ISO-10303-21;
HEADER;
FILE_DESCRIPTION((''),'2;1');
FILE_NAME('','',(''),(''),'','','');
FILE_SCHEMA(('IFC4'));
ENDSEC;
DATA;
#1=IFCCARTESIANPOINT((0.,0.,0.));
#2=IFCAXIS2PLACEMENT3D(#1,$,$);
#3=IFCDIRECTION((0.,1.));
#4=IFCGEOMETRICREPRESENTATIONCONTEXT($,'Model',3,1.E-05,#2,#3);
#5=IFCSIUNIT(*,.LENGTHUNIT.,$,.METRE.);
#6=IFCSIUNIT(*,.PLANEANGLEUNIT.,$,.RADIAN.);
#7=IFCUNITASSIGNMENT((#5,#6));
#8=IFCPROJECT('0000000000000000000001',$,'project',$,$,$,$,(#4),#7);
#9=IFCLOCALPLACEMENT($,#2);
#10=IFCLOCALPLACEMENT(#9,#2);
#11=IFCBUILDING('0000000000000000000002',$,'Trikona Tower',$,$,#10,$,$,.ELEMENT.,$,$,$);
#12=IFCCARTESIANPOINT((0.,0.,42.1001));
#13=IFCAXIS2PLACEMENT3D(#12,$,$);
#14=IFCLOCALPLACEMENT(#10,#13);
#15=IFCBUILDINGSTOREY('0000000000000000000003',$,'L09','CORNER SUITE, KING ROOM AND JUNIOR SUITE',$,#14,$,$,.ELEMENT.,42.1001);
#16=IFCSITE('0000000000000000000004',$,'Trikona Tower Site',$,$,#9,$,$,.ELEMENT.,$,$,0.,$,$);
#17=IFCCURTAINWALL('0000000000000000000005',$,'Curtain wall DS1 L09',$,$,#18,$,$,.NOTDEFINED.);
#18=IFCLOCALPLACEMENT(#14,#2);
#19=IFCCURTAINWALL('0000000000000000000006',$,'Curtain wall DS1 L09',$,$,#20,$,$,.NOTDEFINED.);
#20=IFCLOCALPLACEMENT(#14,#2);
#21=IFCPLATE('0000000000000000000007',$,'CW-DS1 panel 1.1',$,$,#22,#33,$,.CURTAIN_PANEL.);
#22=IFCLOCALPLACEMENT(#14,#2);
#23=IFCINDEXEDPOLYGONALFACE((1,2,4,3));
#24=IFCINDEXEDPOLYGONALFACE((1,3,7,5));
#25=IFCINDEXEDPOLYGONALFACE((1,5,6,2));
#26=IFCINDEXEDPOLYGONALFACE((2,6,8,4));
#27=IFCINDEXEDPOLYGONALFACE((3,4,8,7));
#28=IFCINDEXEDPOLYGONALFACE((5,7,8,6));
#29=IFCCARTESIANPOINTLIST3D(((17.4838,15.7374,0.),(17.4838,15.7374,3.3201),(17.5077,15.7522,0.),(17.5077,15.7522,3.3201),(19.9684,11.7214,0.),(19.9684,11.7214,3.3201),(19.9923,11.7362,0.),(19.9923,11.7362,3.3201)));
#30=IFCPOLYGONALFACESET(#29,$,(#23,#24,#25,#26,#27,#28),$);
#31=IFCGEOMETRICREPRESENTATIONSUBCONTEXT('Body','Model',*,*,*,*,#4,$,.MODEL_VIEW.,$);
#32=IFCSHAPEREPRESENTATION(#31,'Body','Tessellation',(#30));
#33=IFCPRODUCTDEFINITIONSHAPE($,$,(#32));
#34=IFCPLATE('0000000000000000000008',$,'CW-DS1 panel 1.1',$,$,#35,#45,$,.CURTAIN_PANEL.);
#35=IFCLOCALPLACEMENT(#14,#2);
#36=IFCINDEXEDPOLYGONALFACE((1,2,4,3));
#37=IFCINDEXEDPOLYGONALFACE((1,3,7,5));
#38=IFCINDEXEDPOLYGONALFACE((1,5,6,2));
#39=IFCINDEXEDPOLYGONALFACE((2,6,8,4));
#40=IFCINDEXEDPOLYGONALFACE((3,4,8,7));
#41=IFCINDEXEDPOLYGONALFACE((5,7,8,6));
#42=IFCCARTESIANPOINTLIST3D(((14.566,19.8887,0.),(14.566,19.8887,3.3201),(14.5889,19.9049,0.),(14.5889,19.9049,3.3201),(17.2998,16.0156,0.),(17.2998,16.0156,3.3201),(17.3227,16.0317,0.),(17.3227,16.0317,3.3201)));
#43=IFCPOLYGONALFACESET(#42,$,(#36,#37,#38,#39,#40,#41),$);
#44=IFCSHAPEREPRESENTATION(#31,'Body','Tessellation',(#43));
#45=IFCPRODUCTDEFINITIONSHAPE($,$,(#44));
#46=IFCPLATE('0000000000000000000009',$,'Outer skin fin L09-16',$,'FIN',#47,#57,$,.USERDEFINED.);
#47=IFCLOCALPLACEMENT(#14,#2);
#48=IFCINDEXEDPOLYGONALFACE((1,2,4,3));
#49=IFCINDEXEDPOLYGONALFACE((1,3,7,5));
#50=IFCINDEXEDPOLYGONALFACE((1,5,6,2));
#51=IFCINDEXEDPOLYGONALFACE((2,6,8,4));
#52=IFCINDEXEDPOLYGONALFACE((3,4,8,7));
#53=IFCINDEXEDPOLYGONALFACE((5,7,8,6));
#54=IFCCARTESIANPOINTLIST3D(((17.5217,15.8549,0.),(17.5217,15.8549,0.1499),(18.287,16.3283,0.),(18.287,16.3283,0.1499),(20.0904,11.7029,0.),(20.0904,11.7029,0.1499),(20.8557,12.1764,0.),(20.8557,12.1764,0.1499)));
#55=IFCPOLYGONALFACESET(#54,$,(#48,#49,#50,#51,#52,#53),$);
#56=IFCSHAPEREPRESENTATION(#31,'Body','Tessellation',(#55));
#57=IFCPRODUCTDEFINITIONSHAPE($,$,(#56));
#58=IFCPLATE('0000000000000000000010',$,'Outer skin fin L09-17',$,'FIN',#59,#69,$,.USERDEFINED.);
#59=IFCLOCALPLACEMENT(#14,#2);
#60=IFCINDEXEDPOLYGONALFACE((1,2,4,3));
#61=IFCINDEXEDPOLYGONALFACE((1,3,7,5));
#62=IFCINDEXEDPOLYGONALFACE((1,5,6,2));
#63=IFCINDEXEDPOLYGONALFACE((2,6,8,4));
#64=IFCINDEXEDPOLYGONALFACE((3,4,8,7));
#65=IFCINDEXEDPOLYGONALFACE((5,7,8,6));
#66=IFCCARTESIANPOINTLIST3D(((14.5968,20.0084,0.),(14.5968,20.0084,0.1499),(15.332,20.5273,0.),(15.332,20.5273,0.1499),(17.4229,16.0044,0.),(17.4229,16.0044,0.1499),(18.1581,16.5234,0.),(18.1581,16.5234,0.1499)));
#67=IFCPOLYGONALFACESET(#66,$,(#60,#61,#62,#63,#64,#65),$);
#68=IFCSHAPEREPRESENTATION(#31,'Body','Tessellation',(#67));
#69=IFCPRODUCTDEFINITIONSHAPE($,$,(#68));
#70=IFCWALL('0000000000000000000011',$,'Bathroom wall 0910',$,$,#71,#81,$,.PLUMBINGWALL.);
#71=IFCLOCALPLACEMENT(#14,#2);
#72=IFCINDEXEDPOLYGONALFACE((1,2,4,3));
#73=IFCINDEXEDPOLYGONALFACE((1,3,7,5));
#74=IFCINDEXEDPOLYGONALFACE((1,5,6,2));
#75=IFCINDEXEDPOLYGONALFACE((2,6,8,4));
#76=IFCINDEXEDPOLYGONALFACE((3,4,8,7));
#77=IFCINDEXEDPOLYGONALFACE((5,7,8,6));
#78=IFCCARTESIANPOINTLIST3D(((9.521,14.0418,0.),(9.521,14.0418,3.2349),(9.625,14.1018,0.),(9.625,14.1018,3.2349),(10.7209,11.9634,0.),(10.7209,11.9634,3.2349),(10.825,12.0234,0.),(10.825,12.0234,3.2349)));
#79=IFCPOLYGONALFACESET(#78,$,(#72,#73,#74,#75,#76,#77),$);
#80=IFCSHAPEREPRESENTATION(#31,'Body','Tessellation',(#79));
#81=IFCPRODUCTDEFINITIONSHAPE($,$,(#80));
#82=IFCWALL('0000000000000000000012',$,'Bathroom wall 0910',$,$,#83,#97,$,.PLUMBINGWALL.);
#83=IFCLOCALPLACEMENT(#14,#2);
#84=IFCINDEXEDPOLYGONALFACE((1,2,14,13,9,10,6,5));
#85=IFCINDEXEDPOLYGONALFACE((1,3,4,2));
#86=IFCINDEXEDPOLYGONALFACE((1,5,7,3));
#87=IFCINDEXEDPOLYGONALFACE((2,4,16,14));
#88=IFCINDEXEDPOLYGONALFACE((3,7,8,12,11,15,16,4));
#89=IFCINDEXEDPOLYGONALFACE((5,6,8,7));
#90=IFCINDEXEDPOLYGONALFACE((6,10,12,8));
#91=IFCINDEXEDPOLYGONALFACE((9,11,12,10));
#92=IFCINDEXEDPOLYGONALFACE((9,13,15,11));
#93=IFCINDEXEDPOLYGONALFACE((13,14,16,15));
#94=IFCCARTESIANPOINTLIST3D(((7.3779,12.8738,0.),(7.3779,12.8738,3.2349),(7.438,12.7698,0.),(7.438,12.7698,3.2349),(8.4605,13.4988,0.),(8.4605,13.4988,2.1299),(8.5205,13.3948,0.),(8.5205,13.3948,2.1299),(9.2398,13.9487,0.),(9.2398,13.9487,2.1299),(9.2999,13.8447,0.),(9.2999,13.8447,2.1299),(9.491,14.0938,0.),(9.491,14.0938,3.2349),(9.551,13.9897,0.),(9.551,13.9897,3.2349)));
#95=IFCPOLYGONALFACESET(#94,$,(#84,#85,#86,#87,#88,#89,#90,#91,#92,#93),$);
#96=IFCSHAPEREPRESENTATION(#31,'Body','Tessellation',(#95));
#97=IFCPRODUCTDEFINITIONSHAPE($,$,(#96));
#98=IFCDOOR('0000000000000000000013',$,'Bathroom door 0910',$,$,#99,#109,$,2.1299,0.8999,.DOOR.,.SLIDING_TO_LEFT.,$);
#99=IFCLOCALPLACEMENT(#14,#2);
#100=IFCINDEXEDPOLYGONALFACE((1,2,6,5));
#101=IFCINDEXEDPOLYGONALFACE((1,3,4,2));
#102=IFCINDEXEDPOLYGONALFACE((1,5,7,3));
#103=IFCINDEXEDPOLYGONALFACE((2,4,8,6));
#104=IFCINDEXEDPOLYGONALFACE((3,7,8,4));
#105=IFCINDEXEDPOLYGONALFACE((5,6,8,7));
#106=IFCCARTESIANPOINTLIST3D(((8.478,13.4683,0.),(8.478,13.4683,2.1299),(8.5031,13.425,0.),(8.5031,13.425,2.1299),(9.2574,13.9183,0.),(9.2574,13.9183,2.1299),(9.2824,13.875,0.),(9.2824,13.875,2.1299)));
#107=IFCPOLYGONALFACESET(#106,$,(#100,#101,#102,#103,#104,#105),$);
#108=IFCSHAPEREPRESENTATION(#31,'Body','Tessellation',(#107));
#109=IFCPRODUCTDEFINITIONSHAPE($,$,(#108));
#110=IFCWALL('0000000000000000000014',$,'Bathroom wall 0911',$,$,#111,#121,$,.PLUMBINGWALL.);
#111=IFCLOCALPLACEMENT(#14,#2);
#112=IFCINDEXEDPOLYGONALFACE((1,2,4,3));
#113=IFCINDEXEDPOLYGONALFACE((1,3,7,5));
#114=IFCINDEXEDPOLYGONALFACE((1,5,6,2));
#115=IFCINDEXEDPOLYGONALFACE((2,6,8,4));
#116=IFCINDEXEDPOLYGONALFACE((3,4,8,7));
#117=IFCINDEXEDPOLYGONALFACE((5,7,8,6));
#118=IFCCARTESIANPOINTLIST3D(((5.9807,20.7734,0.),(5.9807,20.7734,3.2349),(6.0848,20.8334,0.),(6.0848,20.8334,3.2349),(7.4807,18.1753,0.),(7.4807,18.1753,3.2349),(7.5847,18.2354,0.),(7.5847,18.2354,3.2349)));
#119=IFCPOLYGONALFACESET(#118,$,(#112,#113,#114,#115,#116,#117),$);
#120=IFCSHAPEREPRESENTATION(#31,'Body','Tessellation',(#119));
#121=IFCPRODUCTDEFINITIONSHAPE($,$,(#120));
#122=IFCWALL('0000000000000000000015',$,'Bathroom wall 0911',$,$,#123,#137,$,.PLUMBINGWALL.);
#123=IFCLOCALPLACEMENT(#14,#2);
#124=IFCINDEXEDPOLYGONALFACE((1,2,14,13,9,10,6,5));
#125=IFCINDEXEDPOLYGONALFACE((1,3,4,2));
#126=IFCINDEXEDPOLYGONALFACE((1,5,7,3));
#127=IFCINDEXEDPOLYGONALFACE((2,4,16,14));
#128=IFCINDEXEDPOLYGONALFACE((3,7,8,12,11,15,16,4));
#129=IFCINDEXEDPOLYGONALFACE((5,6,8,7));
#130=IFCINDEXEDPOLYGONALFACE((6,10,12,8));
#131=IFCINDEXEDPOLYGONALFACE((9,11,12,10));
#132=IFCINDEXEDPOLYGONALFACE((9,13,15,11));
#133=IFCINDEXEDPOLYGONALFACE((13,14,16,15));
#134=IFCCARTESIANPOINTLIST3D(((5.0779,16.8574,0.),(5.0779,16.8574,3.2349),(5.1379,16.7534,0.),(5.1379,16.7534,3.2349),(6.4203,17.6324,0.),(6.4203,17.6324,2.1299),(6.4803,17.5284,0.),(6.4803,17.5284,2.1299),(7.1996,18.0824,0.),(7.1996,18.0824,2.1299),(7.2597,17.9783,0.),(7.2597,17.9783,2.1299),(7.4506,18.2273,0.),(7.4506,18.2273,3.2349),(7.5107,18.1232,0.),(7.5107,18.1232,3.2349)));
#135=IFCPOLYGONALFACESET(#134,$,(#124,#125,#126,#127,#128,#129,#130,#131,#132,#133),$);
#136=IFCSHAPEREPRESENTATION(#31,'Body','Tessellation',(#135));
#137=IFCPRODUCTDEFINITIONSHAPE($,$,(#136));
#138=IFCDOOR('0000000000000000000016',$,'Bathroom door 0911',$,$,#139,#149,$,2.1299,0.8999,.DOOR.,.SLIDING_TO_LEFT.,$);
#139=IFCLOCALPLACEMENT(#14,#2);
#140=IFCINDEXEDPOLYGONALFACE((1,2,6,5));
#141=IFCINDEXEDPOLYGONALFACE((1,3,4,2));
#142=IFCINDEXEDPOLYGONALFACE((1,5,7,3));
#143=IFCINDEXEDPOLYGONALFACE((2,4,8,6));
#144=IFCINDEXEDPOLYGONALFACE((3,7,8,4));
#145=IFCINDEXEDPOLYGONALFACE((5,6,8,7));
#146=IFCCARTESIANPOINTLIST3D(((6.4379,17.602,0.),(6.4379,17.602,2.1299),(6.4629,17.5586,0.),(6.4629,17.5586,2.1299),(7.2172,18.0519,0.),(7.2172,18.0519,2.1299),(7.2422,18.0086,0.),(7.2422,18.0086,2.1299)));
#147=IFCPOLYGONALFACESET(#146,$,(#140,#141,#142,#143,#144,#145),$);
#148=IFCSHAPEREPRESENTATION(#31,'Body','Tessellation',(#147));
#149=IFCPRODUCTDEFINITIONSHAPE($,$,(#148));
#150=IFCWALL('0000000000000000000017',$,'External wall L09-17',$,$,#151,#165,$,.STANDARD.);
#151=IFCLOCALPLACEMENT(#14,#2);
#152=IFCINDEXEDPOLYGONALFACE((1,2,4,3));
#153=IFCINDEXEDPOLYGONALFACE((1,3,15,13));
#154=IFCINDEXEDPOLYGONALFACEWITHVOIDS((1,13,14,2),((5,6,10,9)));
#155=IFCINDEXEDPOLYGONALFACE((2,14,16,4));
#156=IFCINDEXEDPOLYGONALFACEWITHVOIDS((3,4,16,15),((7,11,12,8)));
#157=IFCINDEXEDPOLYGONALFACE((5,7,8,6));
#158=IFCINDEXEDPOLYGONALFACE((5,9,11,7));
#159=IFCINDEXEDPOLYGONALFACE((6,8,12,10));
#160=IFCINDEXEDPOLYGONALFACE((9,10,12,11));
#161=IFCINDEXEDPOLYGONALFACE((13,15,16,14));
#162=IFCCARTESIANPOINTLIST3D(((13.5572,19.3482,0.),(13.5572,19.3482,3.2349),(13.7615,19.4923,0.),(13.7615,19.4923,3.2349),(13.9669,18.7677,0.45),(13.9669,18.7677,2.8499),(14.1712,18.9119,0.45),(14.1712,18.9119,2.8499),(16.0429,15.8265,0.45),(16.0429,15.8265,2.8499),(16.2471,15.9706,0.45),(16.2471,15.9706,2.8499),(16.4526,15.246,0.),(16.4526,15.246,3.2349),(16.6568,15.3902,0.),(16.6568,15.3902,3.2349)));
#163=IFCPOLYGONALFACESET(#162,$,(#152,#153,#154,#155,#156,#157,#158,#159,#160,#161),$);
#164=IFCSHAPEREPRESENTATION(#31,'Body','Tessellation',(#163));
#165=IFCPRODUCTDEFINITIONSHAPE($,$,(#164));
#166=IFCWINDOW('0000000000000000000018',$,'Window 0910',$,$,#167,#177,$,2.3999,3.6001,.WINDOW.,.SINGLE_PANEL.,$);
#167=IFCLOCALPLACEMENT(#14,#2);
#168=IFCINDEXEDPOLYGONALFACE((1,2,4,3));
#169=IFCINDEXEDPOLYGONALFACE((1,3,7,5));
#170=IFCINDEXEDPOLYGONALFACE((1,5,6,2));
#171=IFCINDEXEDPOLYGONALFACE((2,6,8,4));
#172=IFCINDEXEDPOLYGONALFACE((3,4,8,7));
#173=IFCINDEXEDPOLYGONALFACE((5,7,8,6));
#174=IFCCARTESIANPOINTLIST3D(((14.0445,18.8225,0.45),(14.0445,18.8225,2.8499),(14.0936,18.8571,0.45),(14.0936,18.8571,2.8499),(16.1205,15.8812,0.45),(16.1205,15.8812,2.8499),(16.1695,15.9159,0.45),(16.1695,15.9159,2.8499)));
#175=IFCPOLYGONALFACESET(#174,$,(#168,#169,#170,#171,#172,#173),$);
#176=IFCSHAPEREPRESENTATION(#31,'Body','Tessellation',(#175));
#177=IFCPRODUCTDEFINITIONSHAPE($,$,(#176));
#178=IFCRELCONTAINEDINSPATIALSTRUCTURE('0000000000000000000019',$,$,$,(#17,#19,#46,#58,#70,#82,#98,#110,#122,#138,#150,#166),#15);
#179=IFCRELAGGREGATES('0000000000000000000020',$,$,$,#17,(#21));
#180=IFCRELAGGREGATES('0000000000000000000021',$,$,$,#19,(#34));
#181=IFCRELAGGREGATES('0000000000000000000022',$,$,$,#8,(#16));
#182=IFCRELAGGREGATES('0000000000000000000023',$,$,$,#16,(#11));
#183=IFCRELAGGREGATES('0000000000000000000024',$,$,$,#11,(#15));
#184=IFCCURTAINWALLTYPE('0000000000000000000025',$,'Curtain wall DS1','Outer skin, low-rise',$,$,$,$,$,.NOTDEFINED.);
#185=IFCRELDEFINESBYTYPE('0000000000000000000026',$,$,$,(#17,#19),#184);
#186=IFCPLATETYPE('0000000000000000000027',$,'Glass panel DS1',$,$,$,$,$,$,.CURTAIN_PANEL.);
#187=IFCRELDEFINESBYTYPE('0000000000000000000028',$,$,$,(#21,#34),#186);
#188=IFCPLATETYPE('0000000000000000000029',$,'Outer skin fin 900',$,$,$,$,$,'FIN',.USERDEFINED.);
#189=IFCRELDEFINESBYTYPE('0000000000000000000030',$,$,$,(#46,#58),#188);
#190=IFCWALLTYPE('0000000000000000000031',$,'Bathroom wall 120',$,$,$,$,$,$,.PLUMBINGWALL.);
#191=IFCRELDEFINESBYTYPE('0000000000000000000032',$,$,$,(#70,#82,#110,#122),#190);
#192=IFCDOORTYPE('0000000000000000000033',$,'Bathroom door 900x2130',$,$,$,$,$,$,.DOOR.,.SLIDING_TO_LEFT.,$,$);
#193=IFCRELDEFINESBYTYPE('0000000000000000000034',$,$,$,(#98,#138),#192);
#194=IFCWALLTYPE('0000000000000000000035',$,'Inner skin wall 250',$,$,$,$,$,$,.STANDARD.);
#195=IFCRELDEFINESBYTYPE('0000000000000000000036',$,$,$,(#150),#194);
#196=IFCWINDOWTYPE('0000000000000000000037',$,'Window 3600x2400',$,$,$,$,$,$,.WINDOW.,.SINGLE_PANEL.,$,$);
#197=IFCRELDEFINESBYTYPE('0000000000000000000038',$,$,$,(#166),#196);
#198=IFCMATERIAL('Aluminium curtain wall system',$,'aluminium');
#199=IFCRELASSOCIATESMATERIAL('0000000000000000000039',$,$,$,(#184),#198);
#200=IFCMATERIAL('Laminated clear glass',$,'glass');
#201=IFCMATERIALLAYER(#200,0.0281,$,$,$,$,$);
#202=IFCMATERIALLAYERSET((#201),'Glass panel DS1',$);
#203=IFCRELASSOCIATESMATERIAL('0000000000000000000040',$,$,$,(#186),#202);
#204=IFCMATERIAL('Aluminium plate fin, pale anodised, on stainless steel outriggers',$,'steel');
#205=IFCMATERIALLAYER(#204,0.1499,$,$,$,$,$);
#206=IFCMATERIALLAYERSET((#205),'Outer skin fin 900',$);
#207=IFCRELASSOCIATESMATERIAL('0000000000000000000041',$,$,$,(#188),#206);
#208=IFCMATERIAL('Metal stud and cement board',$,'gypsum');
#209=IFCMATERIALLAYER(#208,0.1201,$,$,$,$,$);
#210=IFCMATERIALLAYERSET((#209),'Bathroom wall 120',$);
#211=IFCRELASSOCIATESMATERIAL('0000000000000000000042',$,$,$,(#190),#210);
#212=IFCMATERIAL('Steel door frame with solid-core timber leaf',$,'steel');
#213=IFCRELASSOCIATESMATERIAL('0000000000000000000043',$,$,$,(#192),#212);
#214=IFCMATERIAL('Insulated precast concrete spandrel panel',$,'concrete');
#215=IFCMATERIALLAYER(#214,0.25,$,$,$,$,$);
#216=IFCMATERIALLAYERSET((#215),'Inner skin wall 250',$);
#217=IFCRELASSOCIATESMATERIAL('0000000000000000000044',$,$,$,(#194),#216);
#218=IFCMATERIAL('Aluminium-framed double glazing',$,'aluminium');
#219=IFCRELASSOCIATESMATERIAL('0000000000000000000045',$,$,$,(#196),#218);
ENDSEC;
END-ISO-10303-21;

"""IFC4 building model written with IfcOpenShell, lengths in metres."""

from ifc_helpers import new_model, si_unit, direction, frame, frame_2d, origin, origin_2d, place, context, subcontext, project, spatial, rectangle, extrude, material, layer, layer_set, type_object, element, fill, aggregate, save


model = new_model("IFC4")

# Units and contexts
model_context = context("Model", 3, precision=1e-05, world=origin(), true_north=direction((0.0, 1.0)))
body_context = subcontext(model_context, "Body", "Model", "MODEL_VIEW")
ifc_project = project(units=[si_unit("LENGTHUNIT", "METRE"), si_unit("PLANEANGLEUNIT", "RADIAN")], contexts=[model_context])

# Site, building, storey
site_placement = place(None, origin())
site = spatial("IfcSite", under=ifc_project, at=site_placement, Name="Trikona Tower Site", CompositionType="ELEMENT", RefElevation=0.0)
building_placement = place(site_placement, origin())
building = spatial("IfcBuilding", under=site, at=building_placement, Name="Trikona Tower", CompositionType="ELEMENT")
storey_placement = place(building_placement, frame((0.0, 0.0, 42.1001)))
storey = spatial("IfcBuildingStorey", under=building, at=storey_placement, Name="L09", Description="CORNER SUITE, KING ROOM AND JUNIOR SUITE", CompositionType="ELEMENT", Elevation=42.1001)

# Curtain wall
ifc_material_1 = material(Name="Aluminium curtain wall system", Category="aluminium")
curtain_wall_type = type_object("IfcCurtainWallType", Name="Curtain wall DS1", Description="Outer skin, low-rise", PredefinedType="NOTDEFINED", material=ifc_material_1)
curtain_wall_1_placement = place(storey_placement, origin())
curtain_wall_1 = element("IfcCurtainWall", 1, at=curtain_wall_1_placement, inside=storey, type_object=curtain_wall_type, Name="Curtain wall DS1 L09", PredefinedType="NOTDEFINED")

# Curtain wall
curtain_wall_2_placement = place(storey_placement, origin())
curtain_wall_2 = element("IfcCurtainWall", 2, at=curtain_wall_2_placement, inside=storey, type_object=curtain_wall_type, Name="Curtain wall DS1 L09", PredefinedType="NOTDEFINED")

# Plates
ifc_material_2 = material(Name="Laminated clear glass", Category="glass")
ifc_layer_1 = layer(ifc_material_2, 0.0281)
ifc_layer_set_1 = layer_set([ifc_layer_1], Name="Glass panel DS1")
plate_type_1 = type_object("IfcPlateType", Name="Glass panel DS1", PredefinedType="CURTAIN_PANEL", material=ifc_layer_set_1)
plate_1_placement = place(storey_placement, frame((18.738, 13.7368, 0.0), z_axis=(0.0, 0.0, 1.0), x_axis=(-0.52612, 0.85041, 0.0)))
plate_1 = element("IfcPlate", 3, at=plate_1_placement, type_object=plate_type_1, Name="CW-DS1 panel 1.1", PredefinedType="CURTAIN_PANEL", context=body_context, shape_type="SweptSolid", body=[
    extrude(rectangle(XDim=4.7224, YDim=0.0281, at=origin_2d()), origin(), (0.0, 0.0, 1.0), 3.3201),
])
aggregate(curtain_wall_1, [plate_1])
plate_2_placement = place(storey_placement, frame((15.9443, 17.9602, 0.0), z_axis=(0.0, 0.0, 1.0), x_axis=(-0.576658, 0.816985, 0.0)))
plate_2 = element("IfcPlate", 4, at=plate_2_placement, type_object=plate_type_1, Name="CW-DS1 panel 1.1", PredefinedType="CURTAIN_PANEL", context=body_context, shape_type="SweptSolid", body=[
    extrude(rectangle(XDim=4.7407, YDim=0.0281, at=origin_2d()), origin(), (0.0, 0.0, 1.0), 3.3201),
])
aggregate(curtain_wall_2, [plate_2])

# Plates
ifc_material_3 = material(Name="Aluminium plate fin, pale anodised, on stainless steel outriggers", Category="steel")
ifc_layer_2 = layer(ifc_material_3, 0.1499)
ifc_layer_set_2 = layer_set([ifc_layer_2], Name="Outer skin fin 900")
plate_type_2 = type_object("IfcPlateType", Name="Outer skin fin 900", ElementType="FIN", PredefinedType="USERDEFINED", material=ifc_layer_set_2)
plate_3_placement = place(storey_placement, frame((19.1887, 14.0156, 0.0), z_axis=(0.0, 0.0, 1.0), x_axis=(-0.526119, 0.850411, 0.0)))
element("IfcPlate", 5, at=plate_3_placement, inside=storey, type_object=plate_type_2, Name="Outer skin fin L09-16", ObjectType="FIN", PredefinedType="USERDEFINED", context=body_context, shape_type="SweptSolid", body=[
    extrude(rectangle(XDim=4.8823, YDim=0.8999, at=origin_2d()), origin(), (0.0, 0.0, 1.0), 0.1499),
])
plate_4_placement = place(storey_placement, frame((16.3774, 18.2659, 0.0), z_axis=(0.0, 0.0, 1.0), x_axis=(-0.576662, 0.816983, 0.0)))
element("IfcPlate", 6, at=plate_4_placement, inside=storey, type_object=plate_type_2, Name="Outer skin fin L09-17", ObjectType="FIN", PredefinedType="USERDEFINED", context=body_context, shape_type="SweptSolid", body=[
    extrude(rectangle(XDim=4.9009, YDim=0.8999, at=origin_2d()), origin(), (0.0, 0.0, 1.0), 0.1499),
])

# Wall
ifc_material_4 = material(Name="Metal stud and cement board", Category="gypsum")
ifc_layer_3 = layer(ifc_material_4, 0.1201)
ifc_layer_set_3 = layer_set([ifc_layer_3], Name="Bathroom wall 120")
wall_type_1 = type_object("IfcWallType", Name="Bathroom wall 120", PredefinedType="PLUMBINGWALL", material=ifc_layer_set_3)
wall_1_placement = place(storey_placement, frame((10.7729, 11.9934, 0.0), z_axis=(0.0, 0.0, 1.0), x_axis=(-0.500001, 0.866025, 0.0)))
element("IfcWall", 7, at=wall_1_placement, inside=storey, type_object=wall_type_1, Name="Bathroom wall 0910", PredefinedType="PLUMBINGWALL", context=body_context, shape_type="SweptSolid", body=[
    extrude(rectangle(XDim=2.3999, YDim=0.1201, at=frame_2d((1.2, 0.0))), origin(), (0.0, 0.0, 1.0), 3.2349),
])

# Wall, opening, door
wall_2_placement = place(storey_placement, frame((7.408, 12.8218, 0.0), z_axis=(0.0, 0.0, 1.0), x_axis=(0.866024, 0.500003, 0.0)))
wall_2 = element("IfcWall", 8, at=wall_2_placement, inside=storey, type_object=wall_type_1, Name="Bathroom wall 0910", PredefinedType="PLUMBINGWALL", context=body_context, shape_type="SweptSolid", body=[
    extrude(rectangle(XDim=2.4399, YDim=0.1201, at=frame_2d((1.22, 0.0))), origin(), (0.0, 0.0, 1.0), 3.2349),
])
opening_1_placement = place(wall_2_placement, frame((1.25, 0.0, 0.0)))
opening_1 = element("IfcOpeningElement", 9, at=opening_1_placement, cuts=wall_2, PredefinedType="OPENING", context=body_context, shape_type="SweptSolid", body=[
    extrude(rectangle(XDim=0.8999, YDim=2.1299, at=frame_2d((0.45, 1.0649))), frame((0.0, 0.0701, 0.0), z_axis=(0.0, -1.0, 0.0), x_axis=(1.0, 0.0, 0.0)), (0.0, 0.0, 1.0), 0.1401),
])
ifc_material_5 = material(Name="Steel door frame with solid-core timber leaf", Category="steel")
door_type_1 = type_object("IfcDoorType", Name="Bathroom door 900x2130", OperationType="SLIDING_TO_LEFT", PredefinedType="DOOR", material=ifc_material_5)
door_1_placement = place(opening_1_placement, origin())
door_1 = element("IfcDoor", 10, at=door_1_placement, inside=storey, type_object=door_type_1, Name="Bathroom door 0910", OperationType="SLIDING_TO_LEFT", OverallHeight=2.1299, OverallWidth=0.8999, PredefinedType="DOOR", context=body_context, shape_type="SweptSolid", body=[
    extrude(rectangle(XDim=0.8999, YDim=2.1299, at=frame_2d((0.45, 1.0649))), frame((0.0, 0.0249, 0.0), z_axis=(0.0, -1.0, 0.0), x_axis=(1.0, 0.0, 0.0)), (0.0, 0.0, 1.0), 0.05),
])
fill(opening_1, door_1)

# Wall
wall_3_placement = place(storey_placement, frame((7.5327, 18.2053, 0.0), z_axis=(0.0, 0.0, 1.0), x_axis=(-0.49999, 0.866031, 0.0)))
element("IfcWall", 11, at=wall_3_placement, inside=storey, type_object=wall_type_1, Name="Bathroom wall 0911", PredefinedType="PLUMBINGWALL", context=body_context, shape_type="SweptSolid", body=[
    extrude(rectangle(XDim=3.0, YDim=0.1201, at=frame_2d((1.5, 0.0))), origin(), (0.0, 0.0, 1.0), 3.2349),
])

# Wall, opening, door
wall_4_placement = place(storey_placement, frame((5.1079, 16.8054, 0.0), z_axis=(0.0, 0.0, 1.0), x_axis=(0.866036, 0.499982, 0.0)))
wall_4 = element("IfcWall", 12, at=wall_4_placement, inside=storey, type_object=wall_type_1, Name="Bathroom wall 0911", PredefinedType="PLUMBINGWALL", context=body_context, shape_type="SweptSolid", body=[
    extrude(rectangle(XDim=2.7397, YDim=0.1201, at=frame_2d((1.3699, 0.0))), origin(), (0.0, 0.0, 1.0), 3.2349),
])
opening_2_placement = place(wall_4_placement, frame((1.55, 0.0, 0.0)))
opening_2 = element("IfcOpeningElement", 13, at=opening_2_placement, cuts=wall_4, PredefinedType="OPENING", context=body_context, shape_type="SweptSolid", body=[
    extrude(rectangle(XDim=0.8999, YDim=2.1299, at=frame_2d((0.45, 1.0649))), frame((0.0, 0.0701, 0.0), z_axis=(0.0, -1.0, 0.0), x_axis=(1.0, 0.0, 0.0)), (0.0, 0.0, 1.0), 0.1401),
])
door_2_placement = place(opening_2_placement, origin())
door_2 = element("IfcDoor", 14, at=door_2_placement, inside=storey, type_object=door_type_1, Name="Bathroom door 0911", OperationType="SLIDING_TO_LEFT", OverallHeight=2.1299, OverallWidth=0.8999, PredefinedType="DOOR", context=body_context, shape_type="SweptSolid", body=[
    extrude(rectangle(XDim=0.8999, YDim=2.1299, at=frame_2d((0.45, 1.0649))), frame((0.0, 0.0249, 0.0), z_axis=(0.0, -1.0, 0.0), x_axis=(1.0, 0.0, 0.0)), (0.0, 0.0, 1.0), 0.05),
])
fill(opening_2, door_2)

# Wall, opening, window
ifc_material_6 = material(Name="Insulated precast concrete spandrel panel", Category="concrete")
ifc_layer_4 = layer(ifc_material_6, 0.25)
ifc_layer_set_4 = layer_set([ifc_layer_4], Name="Inner skin wall 250")
wall_type_2 = type_object("IfcWallType", Name="Inner skin wall 250", PredefinedType="STANDARD", material=ifc_layer_set_4)
wall_5_placement = place(storey_placement, frame((16.5547, 15.3181, 0.0), z_axis=(0.0, 0.0, 1.0), x_axis=(-0.576643, 0.816996, 0.0)))
wall_5 = element("IfcWall", 15, at=wall_5_placement, inside=storey, type_object=wall_type_2, Name="External wall L09-17", PredefinedType="STANDARD", context=body_context, shape_type="SweptSolid", body=[
    extrude(rectangle(XDim=5.021, YDim=0.25, at=frame_2d((2.5105, 0.0))), origin(), (0.0, 0.0, 1.0), 3.2349),
])
opening_3_placement = place(wall_5_placement, frame((0.7104, 0.0, 0.45)))
opening_3 = element("IfcOpeningElement", 16, at=opening_3_placement, cuts=wall_5, PredefinedType="OPENING", context=body_context, shape_type="SweptSolid", body=[
    extrude(rectangle(XDim=3.6001, YDim=2.3999, at=frame_2d((1.8, 1.2))), frame((0.0, 0.135, 0.0), z_axis=(0.0, -1.0, 0.0), x_axis=(1.0, 0.0, 0.0)), (0.0, 0.0, 1.0), 0.27),
])
ifc_material_7 = material(Name="Aluminium-framed double glazing", Category="aluminium")
window_type = type_object("IfcWindowType", Name="Window 3600x2400", PartitioningType="SINGLE_PANEL", PredefinedType="WINDOW", material=ifc_material_7)
window_1_placement = place(opening_3_placement, origin())
window_1 = element("IfcWindow", 17, at=window_1_placement, inside=storey, type_object=window_type, Name="Window 0910", OverallHeight=2.3999, OverallWidth=3.6001, PartitioningType="SINGLE_PANEL", PredefinedType="WINDOW", context=body_context, shape_type="SweptSolid", body=[
    extrude(rectangle(XDim=3.6001, YDim=2.3999, at=frame_2d((1.8, 1.2))), frame((0.0, 0.03, 0.0), z_axis=(0.0, -1.0, 0.0), x_axis=(1.0, 0.0, 0.0)), (0.0, 0.0, 1.0), 0.0601),
])
fill(opening_3, window_1)

save(model, "model.ifc")
